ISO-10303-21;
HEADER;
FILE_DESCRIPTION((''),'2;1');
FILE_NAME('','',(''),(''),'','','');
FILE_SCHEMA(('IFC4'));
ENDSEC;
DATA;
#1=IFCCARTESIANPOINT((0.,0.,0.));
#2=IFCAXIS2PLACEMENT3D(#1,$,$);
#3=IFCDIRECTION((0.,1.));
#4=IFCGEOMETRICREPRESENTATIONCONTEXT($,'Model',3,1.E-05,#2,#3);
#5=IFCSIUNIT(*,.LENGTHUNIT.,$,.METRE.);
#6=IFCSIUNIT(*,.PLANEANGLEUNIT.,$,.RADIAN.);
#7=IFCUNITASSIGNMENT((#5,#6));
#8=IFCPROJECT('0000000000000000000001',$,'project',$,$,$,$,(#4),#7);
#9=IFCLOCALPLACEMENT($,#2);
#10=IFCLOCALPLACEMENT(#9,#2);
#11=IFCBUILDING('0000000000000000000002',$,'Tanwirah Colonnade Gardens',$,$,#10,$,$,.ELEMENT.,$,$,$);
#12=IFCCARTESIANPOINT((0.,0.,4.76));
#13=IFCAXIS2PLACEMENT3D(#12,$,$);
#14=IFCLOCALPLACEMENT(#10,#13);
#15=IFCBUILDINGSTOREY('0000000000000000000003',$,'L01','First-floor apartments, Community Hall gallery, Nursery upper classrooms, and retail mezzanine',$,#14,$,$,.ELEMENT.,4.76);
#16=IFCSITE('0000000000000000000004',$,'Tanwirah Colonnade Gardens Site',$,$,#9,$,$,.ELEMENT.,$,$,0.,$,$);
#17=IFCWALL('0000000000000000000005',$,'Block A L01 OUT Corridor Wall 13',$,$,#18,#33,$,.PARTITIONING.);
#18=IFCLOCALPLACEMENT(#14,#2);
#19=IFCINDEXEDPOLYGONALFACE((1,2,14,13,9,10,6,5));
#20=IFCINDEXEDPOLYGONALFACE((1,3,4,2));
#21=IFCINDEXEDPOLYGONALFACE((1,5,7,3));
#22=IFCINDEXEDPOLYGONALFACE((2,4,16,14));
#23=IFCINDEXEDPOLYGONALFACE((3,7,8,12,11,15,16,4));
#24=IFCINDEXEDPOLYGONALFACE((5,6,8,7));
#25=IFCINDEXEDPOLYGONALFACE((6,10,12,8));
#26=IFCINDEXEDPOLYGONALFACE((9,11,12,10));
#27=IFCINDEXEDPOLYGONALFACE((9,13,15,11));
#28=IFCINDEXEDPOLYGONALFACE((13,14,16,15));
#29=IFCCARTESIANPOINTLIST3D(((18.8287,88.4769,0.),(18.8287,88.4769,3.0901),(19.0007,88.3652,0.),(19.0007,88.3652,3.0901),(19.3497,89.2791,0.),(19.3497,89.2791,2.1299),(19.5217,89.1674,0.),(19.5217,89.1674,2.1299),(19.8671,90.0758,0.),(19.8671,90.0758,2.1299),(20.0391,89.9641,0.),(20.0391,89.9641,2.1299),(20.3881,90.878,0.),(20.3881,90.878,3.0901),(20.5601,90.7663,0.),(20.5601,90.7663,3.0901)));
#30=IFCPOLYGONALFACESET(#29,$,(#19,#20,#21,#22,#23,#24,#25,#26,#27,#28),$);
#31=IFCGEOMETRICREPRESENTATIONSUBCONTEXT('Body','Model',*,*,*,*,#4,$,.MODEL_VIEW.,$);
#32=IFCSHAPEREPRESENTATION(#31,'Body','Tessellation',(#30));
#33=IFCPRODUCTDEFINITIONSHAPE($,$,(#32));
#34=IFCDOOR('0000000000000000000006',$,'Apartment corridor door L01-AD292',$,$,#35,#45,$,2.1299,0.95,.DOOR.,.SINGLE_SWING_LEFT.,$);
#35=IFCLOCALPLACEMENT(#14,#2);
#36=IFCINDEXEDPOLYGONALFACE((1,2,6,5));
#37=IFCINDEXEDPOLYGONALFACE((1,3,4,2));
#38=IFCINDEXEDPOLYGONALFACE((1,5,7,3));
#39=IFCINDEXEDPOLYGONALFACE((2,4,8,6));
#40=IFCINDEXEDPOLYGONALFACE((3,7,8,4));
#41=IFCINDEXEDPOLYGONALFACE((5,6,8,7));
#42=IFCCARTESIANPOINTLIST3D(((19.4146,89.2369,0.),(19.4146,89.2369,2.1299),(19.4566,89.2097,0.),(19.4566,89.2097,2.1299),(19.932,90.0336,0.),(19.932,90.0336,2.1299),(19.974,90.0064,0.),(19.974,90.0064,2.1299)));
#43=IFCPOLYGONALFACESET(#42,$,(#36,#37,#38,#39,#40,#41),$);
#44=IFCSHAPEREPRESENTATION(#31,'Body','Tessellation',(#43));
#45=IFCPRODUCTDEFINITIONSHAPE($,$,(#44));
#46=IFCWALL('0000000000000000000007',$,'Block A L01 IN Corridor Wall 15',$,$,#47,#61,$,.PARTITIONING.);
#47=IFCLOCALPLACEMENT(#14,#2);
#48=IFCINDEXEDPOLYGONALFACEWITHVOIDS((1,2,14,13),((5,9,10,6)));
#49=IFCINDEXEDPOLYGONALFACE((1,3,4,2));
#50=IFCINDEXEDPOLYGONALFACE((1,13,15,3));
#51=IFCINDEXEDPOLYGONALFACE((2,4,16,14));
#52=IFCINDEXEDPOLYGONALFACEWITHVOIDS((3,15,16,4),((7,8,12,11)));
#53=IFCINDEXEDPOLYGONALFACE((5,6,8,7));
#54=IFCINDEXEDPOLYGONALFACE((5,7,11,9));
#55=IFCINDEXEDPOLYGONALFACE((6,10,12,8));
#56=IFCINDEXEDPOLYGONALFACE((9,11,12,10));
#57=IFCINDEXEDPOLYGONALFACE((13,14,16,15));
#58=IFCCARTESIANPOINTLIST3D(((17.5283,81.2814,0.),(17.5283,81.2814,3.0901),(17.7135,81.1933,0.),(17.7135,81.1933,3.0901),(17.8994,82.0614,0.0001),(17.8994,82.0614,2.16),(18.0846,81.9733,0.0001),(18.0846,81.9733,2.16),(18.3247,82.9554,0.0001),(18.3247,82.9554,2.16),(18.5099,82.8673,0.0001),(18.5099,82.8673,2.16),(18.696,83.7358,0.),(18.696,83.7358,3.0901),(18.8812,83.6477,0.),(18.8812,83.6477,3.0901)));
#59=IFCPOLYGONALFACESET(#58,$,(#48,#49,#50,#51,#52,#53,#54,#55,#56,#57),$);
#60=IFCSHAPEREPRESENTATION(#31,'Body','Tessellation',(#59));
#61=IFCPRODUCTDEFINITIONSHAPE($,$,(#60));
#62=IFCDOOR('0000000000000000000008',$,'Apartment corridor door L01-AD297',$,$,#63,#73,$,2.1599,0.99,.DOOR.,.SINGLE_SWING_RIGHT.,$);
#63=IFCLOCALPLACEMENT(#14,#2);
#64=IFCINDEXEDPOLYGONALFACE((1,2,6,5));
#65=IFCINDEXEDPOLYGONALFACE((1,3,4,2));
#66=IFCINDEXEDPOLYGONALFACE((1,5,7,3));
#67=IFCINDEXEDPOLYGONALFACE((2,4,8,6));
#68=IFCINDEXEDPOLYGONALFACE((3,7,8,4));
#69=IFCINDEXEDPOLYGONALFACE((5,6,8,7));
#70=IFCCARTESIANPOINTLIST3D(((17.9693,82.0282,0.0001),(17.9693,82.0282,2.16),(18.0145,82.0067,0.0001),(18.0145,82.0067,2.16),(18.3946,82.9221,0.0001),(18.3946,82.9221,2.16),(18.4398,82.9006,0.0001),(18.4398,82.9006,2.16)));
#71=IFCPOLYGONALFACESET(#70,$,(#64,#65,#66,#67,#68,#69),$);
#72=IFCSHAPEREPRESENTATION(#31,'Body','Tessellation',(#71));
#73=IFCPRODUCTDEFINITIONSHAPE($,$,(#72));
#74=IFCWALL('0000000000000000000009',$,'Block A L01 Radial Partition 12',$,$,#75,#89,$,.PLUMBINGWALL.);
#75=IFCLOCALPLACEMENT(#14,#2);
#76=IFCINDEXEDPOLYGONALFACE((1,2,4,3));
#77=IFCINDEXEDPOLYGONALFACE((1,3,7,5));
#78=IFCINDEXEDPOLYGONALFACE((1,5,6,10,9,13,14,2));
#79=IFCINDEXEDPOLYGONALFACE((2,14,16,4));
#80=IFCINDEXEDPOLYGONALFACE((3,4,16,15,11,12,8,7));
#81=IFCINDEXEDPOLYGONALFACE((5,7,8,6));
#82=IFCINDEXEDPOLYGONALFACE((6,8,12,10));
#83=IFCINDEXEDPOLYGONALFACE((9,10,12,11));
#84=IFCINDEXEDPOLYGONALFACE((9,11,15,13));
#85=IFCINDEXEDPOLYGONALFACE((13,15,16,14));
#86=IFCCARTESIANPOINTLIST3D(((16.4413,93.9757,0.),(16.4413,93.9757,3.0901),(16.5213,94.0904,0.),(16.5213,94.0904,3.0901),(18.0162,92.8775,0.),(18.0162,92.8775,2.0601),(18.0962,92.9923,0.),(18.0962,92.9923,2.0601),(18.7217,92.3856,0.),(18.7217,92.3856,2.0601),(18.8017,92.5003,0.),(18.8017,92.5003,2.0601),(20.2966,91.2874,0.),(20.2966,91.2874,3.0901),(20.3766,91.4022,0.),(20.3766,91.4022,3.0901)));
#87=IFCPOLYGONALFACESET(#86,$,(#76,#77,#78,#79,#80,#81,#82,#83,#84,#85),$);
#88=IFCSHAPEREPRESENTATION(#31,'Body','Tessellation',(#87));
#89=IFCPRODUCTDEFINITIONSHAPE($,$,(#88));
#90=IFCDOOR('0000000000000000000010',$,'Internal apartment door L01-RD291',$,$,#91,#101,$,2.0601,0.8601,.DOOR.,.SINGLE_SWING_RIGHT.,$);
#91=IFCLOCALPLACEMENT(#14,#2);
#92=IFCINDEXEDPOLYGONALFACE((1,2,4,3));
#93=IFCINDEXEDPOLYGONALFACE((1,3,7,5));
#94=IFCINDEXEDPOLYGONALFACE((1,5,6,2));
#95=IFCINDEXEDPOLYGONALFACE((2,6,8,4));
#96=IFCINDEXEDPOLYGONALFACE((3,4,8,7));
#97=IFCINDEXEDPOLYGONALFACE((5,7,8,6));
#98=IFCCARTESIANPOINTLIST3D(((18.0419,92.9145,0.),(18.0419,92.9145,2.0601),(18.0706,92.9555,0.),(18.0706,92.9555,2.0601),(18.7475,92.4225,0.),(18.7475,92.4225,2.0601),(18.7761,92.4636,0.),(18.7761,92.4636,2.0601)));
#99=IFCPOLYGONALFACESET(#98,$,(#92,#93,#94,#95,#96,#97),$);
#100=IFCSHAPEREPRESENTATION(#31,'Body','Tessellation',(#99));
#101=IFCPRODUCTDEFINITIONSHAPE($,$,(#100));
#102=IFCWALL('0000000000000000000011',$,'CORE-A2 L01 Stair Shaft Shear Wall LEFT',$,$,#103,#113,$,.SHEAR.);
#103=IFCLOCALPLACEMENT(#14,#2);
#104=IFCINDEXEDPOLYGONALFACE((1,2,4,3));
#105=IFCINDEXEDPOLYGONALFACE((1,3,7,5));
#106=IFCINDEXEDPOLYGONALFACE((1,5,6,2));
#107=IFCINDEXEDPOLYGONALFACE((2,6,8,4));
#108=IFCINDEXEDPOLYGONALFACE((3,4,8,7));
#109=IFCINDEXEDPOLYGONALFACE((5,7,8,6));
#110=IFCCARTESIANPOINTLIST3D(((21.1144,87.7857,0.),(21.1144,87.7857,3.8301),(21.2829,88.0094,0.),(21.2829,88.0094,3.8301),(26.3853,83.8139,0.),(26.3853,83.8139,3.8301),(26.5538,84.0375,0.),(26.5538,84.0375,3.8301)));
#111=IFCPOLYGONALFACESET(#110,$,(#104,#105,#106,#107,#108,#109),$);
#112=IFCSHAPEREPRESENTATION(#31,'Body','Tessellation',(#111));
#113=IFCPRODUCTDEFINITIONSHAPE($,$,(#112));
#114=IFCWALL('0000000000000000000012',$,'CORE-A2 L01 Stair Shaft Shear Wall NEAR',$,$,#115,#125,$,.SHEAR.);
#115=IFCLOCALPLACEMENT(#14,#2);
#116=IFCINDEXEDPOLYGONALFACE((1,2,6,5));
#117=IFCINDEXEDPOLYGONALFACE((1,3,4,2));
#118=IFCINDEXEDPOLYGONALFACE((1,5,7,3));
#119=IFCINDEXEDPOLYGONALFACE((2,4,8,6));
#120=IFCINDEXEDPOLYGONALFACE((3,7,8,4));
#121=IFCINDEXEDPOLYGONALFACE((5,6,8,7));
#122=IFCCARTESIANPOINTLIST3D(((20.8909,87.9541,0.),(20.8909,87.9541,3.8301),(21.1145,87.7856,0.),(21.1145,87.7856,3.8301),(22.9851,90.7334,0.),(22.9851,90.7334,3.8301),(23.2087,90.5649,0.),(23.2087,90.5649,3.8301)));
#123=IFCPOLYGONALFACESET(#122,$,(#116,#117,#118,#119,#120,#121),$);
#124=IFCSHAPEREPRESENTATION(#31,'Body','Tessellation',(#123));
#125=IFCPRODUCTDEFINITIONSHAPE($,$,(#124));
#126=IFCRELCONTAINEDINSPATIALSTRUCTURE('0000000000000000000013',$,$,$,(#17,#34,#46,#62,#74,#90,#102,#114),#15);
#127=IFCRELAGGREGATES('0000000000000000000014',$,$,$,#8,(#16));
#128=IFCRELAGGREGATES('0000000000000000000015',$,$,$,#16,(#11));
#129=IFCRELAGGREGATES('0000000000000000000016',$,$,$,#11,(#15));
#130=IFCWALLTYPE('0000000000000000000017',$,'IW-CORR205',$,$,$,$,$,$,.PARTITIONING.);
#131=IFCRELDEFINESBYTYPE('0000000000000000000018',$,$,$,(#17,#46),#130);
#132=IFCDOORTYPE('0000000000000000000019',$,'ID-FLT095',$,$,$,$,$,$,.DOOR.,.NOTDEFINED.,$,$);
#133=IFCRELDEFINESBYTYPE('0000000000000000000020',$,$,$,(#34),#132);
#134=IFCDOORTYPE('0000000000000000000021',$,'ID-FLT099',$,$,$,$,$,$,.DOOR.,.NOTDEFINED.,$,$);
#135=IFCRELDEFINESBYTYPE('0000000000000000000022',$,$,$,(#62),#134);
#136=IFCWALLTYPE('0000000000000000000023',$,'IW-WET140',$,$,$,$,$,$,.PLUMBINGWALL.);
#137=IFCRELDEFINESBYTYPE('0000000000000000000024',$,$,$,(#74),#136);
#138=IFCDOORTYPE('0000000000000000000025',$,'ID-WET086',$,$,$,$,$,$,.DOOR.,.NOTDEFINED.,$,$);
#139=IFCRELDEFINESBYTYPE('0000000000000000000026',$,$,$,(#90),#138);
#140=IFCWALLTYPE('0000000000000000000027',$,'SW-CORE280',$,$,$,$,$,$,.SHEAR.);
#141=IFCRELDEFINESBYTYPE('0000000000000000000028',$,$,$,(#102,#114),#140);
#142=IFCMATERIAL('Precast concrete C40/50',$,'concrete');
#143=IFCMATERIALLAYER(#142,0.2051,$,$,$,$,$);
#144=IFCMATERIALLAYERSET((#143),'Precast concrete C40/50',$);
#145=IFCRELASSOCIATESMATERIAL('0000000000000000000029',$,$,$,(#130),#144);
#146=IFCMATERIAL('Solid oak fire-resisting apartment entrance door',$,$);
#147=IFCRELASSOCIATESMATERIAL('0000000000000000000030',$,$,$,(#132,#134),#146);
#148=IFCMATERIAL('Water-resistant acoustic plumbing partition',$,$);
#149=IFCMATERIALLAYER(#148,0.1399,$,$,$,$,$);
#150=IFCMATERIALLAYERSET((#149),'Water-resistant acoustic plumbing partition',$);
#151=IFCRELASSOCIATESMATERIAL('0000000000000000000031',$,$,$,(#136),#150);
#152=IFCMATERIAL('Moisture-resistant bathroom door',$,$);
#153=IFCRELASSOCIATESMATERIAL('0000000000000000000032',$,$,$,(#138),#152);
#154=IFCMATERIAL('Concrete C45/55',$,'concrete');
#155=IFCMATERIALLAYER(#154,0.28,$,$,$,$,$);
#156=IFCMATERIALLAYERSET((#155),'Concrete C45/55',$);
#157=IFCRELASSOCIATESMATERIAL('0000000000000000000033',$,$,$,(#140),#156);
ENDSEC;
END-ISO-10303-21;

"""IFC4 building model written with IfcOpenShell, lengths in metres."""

from ifc_helpers import new_model, si_unit, direction, frame, frame_2d, origin, place, context, subcontext, project, spatial, rectangle, extrude, material, layer, layer_set, type_object, element, fill, save


model = new_model("IFC4")

# Units and contexts
model_context = context("Model", 3, precision=1e-05, world=origin(), true_north=direction((0.0, 1.0)))
body_context = subcontext(model_context, "Body", "Model", "MODEL_VIEW")
ifc_project = project(units=[si_unit("LENGTHUNIT", "METRE"), si_unit("PLANEANGLEUNIT", "RADIAN")], contexts=[model_context])

# Site, building, storey
site_placement = place(None, origin())
site = spatial("IfcSite", under=ifc_project, at=site_placement, Name="Tanwirah Colonnade Gardens Site", CompositionType="ELEMENT", RefElevation=0.0)
building_placement = place(site_placement, origin())
building = spatial("IfcBuilding", under=site, at=building_placement, Name="Tanwirah Colonnade Gardens", CompositionType="ELEMENT")
storey_placement = place(building_placement, frame((0.0, 0.0, 4.76)))
storey = spatial("IfcBuildingStorey", under=building, at=storey_placement, Name="L01", Description="First-floor apartments, Community Hall gallery, Nursery upper classrooms, and retail mezzanine", CompositionType="ELEMENT", Elevation=4.76)

# Shared definitions
ifc_material_1 = material(Name="Precast concrete C40/50", Category="concrete")

# Walls, openings, doors
ifc_layer_1 = layer(ifc_material_1, 0.2051)
ifc_layer_set_1 = layer_set([ifc_layer_1], Name="Precast concrete C40/50")
wall_type_1 = type_object("IfcWallType", Name="IW-CORR205", PredefinedType="PARTITIONING", material=ifc_layer_set_1)
wall_1_placement = place(storey_placement, frame((20.4741, 90.8223, 0.0), z_axis=(0.0, 0.0, 1.0), x_axis=(-0.544644, -0.838668, 0.0)))
wall_1 = element("IfcWall", 1, at=wall_1_placement, inside=storey, type_object=wall_type_1, Name="Block A L01 OUT Corridor Wall 13", PredefinedType="PARTITIONING", context=body_context, shape_type="SweptSolid", body=[
    extrude(rectangle(XDim=2.863, YDim=0.2051, at=frame_2d((1.4316, 0.0))), origin(), (0.0, 0.0, 1.0), 3.0901),
])
opening_1_placement = place(wall_1_placement, frame((0.9565, 0.0, 0.0)))
opening_1 = element("IfcOpeningElement", 2, at=opening_1_placement, cuts=wall_1, PredefinedType="OPENING", context=body_context, shape_type="SweptSolid", body=[
    extrude(rectangle(XDim=0.95, YDim=2.1299, at=frame_2d((0.4751, 1.0649))), frame((0.0, 0.1125, 0.0), z_axis=(0.0, -1.0, 0.0), x_axis=(1.0, 0.0, 0.0)), (0.0, 0.0, 1.0), 0.2251),
])
ifc_material_2 = material(Name="Solid oak fire-resisting apartment entrance door")
door_type_1 = type_object("IfcDoorType", Name="ID-FLT095", OperationType="NOTDEFINED", PredefinedType="DOOR", material=ifc_material_2)
door_1_placement = place(opening_1_placement, origin())
door_1 = element("IfcDoor", 3, at=door_1_placement, inside=storey, type_object=door_type_1, Name="Apartment corridor door L01-AD292", OperationType="SINGLE_SWING_LEFT", OverallHeight=2.1299, OverallWidth=0.95, PredefinedType="DOOR", context=body_context, shape_type="SweptSolid", body=[
    extrude(rectangle(XDim=0.95, YDim=2.1299, at=frame_2d((0.4751, 1.0649))), frame((0.0, 0.0249, 0.0), z_axis=(0.0, -1.0, 0.0), x_axis=(1.0, 0.0, 0.0)), (0.0, 0.0, 1.0), 0.05),
])
fill(opening_1, door_1)
wall_2_placement = place(storey_placement, frame((18.7886, 83.6917, 0.0), z_axis=(0.0, 0.0, 1.0), x_axis=(-0.42963, -0.903005, 0.0)))
wall_2 = element("IfcWall", 4, at=wall_2_placement, inside=storey, type_object=wall_type_1, Name="Block A L01 IN Corridor Wall 15", PredefinedType="PARTITIONING", context=body_context, shape_type="SweptSolid", body=[
    extrude(rectangle(XDim=2.718, YDim=0.2051, at=frame_2d((1.3589, 0.0))), origin(), (0.0, 0.0, 1.0), 3.0901),
])
opening_2_placement = place(wall_2_placement, frame((0.864, 0.0, 0.0)))
opening_2 = element("IfcOpeningElement", 5, at=opening_2_placement, cuts=wall_2, PredefinedType="OPENING", context=body_context, shape_type="SweptSolid", body=[
    extrude(rectangle(XDim=0.99, YDim=2.1599, at=frame_2d((0.4951, 1.0801))), frame((0.0, 0.1125, 0.0), z_axis=(0.0, -1.0, 0.0), x_axis=(1.0, 0.0, 0.0)), (0.0, 0.0, 1.0), 0.2251),
])
door_type_2 = type_object("IfcDoorType", Name="ID-FLT099", OperationType="NOTDEFINED", PredefinedType="DOOR", material=ifc_material_2)
door_2_placement = place(opening_2_placement, origin())
door_2 = element("IfcDoor", 6, at=door_2_placement, inside=storey, type_object=door_type_2, Name="Apartment corridor door L01-AD297", OperationType="SINGLE_SWING_RIGHT", OverallHeight=2.1599, OverallWidth=0.99, PredefinedType="DOOR", context=body_context, shape_type="SweptSolid", body=[
    extrude(rectangle(XDim=0.99, YDim=2.1599, at=frame_2d((0.4951, 1.0801))), frame((0.0, 0.0249, 0.0), z_axis=(0.0, -1.0, 0.0), x_axis=(1.0, 0.0, 0.0)), (0.0, 0.0, 1.0), 0.05),
])
fill(opening_2, door_2)
ifc_material_3 = material(Name="Water-resistant acoustic plumbing partition")
ifc_layer_2 = layer(ifc_material_3, 0.1399)
ifc_layer_set_2 = layer_set([ifc_layer_2], Name="Water-resistant acoustic plumbing partition")
wall_type_2 = type_object("IfcWallType", Name="IW-WET140", PredefinedType="PLUMBINGWALL", material=ifc_layer_set_2)
wall_3_placement = place(storey_placement, frame((20.3367, 91.3447, 0.0), z_axis=(0.0, 0.0, 1.0), x_axis=(-0.820273, 0.571973, 0.0)))
wall_3 = element("IfcWall", 7, at=wall_3_placement, inside=storey, type_object=wall_type_2, Name="Block A L01 Radial Partition 12", PredefinedType="PLUMBINGWALL", context=body_context, shape_type="SweptSolid", body=[
    extrude(rectangle(XDim=4.7, YDim=0.1399, at=frame_2d((2.3501, 0.0))), origin(), (0.0, 0.0, 1.0), 3.0901),
])
opening_3_placement = place(wall_3_placement, frame((1.9199, 0.0, 0.0)))
opening_3 = element("IfcOpeningElement", 8, at=opening_3_placement, cuts=wall_3, PredefinedType="OPENING", context=body_context, shape_type="SweptSolid", body=[
    extrude(rectangle(XDim=0.8601, YDim=2.0601, at=frame_2d((0.4302, 1.03))), frame((0.0, 0.0798, 0.0), z_axis=(0.0, -1.0, 0.0), x_axis=(1.0, 0.0, 0.0)), (0.0, 0.0, 1.0), 0.1599),
])
ifc_material_4 = material(Name="Moisture-resistant bathroom door")
door_type_3 = type_object("IfcDoorType", Name="ID-WET086", OperationType="NOTDEFINED", PredefinedType="DOOR", material=ifc_material_4)
door_3_placement = place(opening_3_placement, origin())
door_3 = element("IfcDoor", 9, at=door_3_placement, inside=storey, type_object=door_type_3, Name="Internal apartment door L01-RD291", OperationType="SINGLE_SWING_RIGHT", OverallHeight=2.0601, OverallWidth=0.8601, PredefinedType="DOOR", context=body_context, shape_type="SweptSolid", body=[
    extrude(rectangle(XDim=0.8601, YDim=2.0601, at=frame_2d((0.4302, 1.03))), frame((0.0, 0.0249, 0.0), z_axis=(0.0, -1.0, 0.0), x_axis=(1.0, 0.0, 0.0)), (0.0, 0.0, 1.0), 0.05),
])
fill(opening_3, door_3)

# Walls
ifc_material_5 = material(Name="Concrete C45/55", Category="concrete")
ifc_layer_3 = layer(ifc_material_5, 0.28)
ifc_layer_set_3 = layer_set([ifc_layer_3], Name="Concrete C45/55")
wall_type_3 = type_object("IfcWallType", Name="SW-CORE280", PredefinedType="SHEAR", material=ifc_layer_set_3)
wall_4_placement = place(storey_placement, frame((21.1987, 87.8975, 0.0), z_axis=(0.0, 0.0, 1.0), x_axis=(0.79864, -0.60181, 0.0)))
element("IfcWall", 10, at=wall_4_placement, inside=storey, type_object=wall_type_3, Name="CORE-A2 L01 Stair Shaft Shear Wall LEFT", PredefinedType="SHEAR", context=body_context, shape_type="SweptSolid", body=[
    extrude(rectangle(XDim=6.5999, YDim=0.28, at=frame_2d((3.2998, 0.0))), origin(), (0.0, 0.0, 1.0), 3.8301),
])
wall_5_placement = place(storey_placement, frame((21.0027, 87.8699, 0.0), z_axis=(0.0, 0.0, 1.0), x_axis=(0.601794, 0.798651, 0.0)))
element("IfcWall", 11, at=wall_5_placement, inside=storey, type_object=wall_type_3, Name="CORE-A2 L01 Stair Shaft Shear Wall NEAR", PredefinedType="SHEAR", context=body_context, shape_type="SweptSolid", body=[
    extrude(rectangle(XDim=3.48, YDim=0.28, at=frame_2d((1.74, 0.0))), origin(), (0.0, 0.0, 1.0), 3.8301),
])

save(model, "model.ifc")
